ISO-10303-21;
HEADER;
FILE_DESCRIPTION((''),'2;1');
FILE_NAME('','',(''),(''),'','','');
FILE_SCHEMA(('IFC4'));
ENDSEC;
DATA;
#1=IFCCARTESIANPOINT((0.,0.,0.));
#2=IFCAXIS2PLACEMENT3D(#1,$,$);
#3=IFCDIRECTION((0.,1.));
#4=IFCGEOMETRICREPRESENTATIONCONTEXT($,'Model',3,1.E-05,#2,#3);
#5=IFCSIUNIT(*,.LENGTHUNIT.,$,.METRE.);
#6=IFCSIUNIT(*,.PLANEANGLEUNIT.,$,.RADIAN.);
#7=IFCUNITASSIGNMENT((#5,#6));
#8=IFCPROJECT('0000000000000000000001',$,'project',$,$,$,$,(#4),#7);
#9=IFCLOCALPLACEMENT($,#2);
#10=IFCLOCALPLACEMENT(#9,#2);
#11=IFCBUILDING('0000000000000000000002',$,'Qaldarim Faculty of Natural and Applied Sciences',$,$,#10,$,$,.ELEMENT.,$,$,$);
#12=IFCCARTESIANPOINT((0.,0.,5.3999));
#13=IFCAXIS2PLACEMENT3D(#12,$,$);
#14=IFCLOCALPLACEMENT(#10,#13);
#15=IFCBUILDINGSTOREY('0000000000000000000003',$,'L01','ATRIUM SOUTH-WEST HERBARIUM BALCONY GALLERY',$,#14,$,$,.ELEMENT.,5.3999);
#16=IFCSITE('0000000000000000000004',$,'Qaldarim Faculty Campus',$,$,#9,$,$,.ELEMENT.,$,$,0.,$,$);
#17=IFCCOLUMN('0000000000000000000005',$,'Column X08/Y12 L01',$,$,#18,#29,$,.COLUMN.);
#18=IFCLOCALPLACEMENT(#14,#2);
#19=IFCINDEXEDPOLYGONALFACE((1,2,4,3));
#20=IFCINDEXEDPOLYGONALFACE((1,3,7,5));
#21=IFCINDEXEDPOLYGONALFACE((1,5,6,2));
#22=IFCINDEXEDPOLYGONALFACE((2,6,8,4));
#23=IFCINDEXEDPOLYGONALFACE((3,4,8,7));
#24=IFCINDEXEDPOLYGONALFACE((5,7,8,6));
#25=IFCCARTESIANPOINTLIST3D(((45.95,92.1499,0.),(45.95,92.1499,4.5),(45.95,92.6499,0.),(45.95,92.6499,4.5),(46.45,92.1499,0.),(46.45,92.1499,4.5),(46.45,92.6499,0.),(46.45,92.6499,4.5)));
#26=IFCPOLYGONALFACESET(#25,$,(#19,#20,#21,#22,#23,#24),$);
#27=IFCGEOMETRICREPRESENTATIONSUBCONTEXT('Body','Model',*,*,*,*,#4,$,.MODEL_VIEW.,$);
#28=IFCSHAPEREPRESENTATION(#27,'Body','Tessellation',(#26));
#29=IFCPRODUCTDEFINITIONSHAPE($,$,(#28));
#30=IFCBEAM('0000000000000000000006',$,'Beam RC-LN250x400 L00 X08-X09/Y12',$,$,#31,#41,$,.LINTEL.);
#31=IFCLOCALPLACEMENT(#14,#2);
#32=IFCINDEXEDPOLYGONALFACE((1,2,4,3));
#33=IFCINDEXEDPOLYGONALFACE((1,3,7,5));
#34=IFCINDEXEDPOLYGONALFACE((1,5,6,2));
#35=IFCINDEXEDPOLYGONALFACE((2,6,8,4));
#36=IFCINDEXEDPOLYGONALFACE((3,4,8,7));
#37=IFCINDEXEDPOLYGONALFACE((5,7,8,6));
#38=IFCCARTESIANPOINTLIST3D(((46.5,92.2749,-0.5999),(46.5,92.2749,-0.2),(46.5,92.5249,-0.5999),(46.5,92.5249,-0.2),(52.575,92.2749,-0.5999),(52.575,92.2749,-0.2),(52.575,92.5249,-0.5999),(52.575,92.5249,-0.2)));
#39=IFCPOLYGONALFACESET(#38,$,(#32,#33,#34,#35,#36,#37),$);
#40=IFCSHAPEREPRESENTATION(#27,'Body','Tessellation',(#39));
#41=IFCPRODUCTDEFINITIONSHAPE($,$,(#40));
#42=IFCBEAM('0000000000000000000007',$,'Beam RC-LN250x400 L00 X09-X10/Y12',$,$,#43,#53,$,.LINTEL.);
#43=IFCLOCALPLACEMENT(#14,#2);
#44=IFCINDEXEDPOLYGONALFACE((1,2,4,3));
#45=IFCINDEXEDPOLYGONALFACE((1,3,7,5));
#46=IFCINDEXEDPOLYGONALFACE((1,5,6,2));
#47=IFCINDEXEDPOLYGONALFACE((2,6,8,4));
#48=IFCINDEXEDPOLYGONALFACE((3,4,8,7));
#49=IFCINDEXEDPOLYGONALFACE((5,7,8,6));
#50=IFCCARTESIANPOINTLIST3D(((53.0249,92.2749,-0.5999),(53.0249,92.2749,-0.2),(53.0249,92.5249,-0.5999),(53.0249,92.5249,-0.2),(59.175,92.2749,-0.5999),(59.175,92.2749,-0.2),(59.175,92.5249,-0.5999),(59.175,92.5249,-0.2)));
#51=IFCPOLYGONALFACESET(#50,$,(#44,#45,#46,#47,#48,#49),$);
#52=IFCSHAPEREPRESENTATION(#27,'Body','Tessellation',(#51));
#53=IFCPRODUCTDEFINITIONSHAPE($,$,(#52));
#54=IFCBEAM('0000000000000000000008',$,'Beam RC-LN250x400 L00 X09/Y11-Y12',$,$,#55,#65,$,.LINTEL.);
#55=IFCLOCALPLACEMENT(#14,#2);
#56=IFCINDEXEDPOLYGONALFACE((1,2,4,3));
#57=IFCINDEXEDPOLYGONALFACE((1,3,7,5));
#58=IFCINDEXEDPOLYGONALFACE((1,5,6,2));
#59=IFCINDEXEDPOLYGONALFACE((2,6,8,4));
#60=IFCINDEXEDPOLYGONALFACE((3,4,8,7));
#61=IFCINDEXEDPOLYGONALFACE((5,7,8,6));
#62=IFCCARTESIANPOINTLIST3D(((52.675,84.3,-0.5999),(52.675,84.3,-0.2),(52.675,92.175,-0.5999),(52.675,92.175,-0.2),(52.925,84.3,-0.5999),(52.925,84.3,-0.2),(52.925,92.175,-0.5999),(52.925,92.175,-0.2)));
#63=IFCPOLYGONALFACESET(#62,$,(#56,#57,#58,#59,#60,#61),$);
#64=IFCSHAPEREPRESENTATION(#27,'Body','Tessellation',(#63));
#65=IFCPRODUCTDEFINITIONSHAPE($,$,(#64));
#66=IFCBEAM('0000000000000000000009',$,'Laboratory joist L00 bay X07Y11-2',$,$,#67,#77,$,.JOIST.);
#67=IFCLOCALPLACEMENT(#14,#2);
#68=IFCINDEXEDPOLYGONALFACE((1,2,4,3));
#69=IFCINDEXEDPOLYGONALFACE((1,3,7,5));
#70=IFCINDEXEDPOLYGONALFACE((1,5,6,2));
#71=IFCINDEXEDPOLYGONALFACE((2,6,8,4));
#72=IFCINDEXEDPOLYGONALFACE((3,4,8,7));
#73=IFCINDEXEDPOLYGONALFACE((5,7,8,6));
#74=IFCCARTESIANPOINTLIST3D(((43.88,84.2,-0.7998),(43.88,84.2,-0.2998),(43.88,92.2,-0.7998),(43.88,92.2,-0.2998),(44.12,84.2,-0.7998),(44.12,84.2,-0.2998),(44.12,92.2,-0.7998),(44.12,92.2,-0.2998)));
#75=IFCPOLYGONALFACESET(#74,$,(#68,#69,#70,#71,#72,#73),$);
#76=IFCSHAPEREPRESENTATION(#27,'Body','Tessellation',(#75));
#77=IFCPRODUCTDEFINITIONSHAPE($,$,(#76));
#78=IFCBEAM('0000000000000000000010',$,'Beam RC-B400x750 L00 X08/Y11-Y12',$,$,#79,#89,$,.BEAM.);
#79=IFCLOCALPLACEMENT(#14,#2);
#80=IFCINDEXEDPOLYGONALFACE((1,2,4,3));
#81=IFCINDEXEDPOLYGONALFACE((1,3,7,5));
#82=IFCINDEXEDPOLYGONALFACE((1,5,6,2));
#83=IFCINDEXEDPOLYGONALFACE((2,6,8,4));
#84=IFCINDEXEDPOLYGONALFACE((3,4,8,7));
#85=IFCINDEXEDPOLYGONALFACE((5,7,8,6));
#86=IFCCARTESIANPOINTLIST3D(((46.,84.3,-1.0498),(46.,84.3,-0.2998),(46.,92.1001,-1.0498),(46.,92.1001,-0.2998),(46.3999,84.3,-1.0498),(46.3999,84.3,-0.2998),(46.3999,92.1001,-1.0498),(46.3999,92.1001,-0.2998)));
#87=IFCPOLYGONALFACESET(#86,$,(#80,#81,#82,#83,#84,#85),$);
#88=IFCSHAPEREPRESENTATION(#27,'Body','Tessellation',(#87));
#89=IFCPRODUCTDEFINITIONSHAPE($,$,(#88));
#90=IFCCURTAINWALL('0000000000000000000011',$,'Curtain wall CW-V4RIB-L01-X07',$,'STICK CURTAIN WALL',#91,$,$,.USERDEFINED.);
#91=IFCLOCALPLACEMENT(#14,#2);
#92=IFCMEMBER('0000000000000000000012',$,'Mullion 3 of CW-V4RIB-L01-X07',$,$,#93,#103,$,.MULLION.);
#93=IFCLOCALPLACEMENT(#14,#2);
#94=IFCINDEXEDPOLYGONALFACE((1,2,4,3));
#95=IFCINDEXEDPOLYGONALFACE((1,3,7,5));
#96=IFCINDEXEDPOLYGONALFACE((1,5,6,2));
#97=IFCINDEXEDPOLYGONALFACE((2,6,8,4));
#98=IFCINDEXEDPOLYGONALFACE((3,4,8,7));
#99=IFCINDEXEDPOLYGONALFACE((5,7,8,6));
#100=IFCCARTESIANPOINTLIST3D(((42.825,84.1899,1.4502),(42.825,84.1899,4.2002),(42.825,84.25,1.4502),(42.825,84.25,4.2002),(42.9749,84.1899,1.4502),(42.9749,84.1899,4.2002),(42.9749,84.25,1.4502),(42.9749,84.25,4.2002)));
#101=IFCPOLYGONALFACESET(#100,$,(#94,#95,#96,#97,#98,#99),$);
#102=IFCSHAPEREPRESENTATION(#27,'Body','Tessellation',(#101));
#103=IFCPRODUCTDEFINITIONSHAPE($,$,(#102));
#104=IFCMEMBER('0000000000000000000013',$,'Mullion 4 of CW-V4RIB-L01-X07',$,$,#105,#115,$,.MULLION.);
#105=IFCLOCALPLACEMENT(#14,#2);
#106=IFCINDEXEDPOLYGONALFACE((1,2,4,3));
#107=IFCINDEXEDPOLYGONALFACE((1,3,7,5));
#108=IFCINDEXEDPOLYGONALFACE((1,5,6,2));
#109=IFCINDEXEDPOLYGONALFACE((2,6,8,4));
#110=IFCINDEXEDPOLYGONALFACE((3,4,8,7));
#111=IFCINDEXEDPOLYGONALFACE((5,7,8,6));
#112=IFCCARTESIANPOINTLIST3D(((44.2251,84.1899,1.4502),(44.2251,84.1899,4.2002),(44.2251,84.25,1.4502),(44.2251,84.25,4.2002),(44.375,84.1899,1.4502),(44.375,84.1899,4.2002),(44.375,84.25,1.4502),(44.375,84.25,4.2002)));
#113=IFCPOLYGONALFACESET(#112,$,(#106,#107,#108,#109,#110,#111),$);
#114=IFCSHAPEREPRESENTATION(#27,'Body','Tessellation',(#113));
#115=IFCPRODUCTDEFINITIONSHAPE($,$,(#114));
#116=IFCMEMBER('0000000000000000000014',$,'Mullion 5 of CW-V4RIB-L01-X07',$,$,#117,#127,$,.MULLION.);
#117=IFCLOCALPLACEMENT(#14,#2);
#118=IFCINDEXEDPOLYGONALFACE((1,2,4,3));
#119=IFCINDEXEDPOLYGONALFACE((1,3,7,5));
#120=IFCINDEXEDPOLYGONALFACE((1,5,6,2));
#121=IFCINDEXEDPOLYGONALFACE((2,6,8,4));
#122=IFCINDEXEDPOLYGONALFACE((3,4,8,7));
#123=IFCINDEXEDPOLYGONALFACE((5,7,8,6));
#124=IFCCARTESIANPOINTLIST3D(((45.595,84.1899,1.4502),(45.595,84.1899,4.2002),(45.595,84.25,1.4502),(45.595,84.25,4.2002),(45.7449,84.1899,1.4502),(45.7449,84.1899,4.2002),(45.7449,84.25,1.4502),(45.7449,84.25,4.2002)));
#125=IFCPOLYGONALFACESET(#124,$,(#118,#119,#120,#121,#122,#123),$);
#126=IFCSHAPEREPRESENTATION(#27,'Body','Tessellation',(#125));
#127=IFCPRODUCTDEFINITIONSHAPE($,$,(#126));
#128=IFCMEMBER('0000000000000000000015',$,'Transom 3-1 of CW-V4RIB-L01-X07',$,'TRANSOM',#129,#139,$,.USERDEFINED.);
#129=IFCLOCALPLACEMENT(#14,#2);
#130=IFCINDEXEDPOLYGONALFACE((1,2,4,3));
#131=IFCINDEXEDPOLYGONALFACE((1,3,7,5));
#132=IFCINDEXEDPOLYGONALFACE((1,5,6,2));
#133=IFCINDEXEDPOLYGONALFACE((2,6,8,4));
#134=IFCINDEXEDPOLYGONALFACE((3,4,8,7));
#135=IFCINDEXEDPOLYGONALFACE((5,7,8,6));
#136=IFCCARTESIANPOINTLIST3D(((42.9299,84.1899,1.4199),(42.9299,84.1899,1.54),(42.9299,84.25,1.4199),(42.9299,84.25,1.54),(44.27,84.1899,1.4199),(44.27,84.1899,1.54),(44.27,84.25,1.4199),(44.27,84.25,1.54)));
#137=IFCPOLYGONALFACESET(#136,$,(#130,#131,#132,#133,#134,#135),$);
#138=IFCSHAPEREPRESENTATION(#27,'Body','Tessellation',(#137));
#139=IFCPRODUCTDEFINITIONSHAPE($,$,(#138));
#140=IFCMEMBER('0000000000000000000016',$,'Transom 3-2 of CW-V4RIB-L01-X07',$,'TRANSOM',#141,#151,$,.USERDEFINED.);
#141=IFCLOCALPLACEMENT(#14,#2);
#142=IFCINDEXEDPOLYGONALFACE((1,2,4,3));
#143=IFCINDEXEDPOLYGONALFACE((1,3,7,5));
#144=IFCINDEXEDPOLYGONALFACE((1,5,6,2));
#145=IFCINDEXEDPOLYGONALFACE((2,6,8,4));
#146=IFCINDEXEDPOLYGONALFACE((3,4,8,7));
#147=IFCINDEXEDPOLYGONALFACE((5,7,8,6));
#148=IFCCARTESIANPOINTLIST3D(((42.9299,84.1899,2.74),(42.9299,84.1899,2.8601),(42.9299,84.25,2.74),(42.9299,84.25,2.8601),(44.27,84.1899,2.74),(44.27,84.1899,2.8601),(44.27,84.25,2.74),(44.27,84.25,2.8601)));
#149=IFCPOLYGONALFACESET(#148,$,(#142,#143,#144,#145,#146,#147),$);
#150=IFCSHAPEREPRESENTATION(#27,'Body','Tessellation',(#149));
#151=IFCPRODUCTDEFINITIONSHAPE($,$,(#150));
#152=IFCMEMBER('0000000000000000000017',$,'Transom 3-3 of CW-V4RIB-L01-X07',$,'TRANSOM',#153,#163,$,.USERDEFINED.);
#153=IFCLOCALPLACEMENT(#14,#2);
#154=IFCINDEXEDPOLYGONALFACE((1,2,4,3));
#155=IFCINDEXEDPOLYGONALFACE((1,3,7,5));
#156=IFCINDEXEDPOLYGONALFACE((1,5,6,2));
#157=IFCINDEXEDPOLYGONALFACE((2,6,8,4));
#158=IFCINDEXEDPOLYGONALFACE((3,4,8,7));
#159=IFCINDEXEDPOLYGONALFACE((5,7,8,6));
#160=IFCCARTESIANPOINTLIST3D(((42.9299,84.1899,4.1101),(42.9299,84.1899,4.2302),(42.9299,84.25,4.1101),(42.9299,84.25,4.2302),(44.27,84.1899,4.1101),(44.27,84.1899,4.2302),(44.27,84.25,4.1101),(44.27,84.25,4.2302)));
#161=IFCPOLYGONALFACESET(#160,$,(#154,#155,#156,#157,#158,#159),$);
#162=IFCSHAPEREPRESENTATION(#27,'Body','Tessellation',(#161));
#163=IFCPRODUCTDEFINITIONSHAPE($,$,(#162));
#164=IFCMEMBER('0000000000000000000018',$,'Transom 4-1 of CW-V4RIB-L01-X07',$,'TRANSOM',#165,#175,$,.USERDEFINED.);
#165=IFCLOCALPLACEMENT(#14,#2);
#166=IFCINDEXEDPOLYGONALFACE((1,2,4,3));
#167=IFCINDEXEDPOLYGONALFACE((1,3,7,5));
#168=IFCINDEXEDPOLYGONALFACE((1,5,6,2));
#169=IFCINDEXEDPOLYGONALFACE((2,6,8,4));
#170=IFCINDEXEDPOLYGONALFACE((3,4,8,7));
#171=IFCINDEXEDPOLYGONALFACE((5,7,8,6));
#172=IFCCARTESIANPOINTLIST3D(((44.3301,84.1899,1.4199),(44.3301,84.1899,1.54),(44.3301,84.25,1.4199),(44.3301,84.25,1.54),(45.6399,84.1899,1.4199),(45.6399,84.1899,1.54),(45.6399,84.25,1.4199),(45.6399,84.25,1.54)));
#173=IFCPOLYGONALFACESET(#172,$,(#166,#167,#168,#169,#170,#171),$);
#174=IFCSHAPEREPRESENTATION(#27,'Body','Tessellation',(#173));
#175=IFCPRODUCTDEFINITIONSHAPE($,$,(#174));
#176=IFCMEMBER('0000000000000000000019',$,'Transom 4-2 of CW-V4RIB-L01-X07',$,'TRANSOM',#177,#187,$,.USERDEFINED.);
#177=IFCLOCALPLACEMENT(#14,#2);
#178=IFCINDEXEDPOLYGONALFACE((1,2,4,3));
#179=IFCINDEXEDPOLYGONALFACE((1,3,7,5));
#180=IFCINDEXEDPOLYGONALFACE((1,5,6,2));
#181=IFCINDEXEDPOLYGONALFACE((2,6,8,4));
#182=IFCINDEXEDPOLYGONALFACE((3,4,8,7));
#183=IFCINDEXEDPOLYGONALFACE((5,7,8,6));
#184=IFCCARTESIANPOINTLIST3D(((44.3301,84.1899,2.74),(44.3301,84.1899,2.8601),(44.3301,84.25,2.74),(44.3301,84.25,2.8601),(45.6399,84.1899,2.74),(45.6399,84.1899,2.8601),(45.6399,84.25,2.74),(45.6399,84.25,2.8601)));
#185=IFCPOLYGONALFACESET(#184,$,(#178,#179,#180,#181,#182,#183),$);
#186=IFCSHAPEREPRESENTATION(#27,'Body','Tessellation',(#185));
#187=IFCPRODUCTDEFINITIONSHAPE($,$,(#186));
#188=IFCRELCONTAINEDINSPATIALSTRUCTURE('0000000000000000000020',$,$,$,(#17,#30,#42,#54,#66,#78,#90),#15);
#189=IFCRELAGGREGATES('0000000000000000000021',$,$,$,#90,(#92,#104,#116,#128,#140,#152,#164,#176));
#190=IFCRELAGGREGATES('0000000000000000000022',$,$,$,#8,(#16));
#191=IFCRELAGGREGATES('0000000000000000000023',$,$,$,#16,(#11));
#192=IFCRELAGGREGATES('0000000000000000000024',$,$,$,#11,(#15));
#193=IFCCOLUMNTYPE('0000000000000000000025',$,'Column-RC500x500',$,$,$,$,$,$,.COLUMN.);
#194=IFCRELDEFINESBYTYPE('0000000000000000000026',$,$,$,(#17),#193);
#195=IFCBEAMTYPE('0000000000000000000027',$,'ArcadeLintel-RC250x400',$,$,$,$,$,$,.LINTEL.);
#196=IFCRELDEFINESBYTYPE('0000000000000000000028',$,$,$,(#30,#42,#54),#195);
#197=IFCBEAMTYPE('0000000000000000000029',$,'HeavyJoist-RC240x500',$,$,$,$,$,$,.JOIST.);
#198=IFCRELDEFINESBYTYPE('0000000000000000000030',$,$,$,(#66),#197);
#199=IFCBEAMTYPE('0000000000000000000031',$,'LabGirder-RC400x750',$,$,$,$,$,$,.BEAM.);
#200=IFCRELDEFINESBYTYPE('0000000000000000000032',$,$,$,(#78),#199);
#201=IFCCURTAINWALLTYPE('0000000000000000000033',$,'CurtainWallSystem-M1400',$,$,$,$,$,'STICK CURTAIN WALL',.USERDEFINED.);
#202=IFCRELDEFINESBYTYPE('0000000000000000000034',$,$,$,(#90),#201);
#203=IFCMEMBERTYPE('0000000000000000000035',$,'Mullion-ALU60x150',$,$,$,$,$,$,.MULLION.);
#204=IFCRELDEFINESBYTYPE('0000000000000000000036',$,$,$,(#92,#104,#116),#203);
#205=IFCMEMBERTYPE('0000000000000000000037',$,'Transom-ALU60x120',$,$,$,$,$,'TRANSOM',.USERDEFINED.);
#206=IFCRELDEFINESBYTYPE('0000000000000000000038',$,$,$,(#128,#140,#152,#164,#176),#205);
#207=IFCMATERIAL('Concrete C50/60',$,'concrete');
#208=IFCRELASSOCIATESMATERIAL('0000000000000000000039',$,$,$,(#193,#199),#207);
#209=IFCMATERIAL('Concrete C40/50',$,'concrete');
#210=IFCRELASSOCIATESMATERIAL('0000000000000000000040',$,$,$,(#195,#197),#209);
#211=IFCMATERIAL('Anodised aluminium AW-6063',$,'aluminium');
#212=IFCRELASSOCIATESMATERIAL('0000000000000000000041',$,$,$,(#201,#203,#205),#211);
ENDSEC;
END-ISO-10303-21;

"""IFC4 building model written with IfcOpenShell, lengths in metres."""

from ifc_helpers import new_model, si_unit, direction, frame, origin, origin_2d, place, context, subcontext, project, spatial, rectangle, extrude, material, material_profile, profile_set, type_object, element, aggregate, save


model = new_model("IFC4")

# Units and contexts
model_context = context("Model", 3, precision=1e-05, world=origin(), true_north=direction((0.0, 1.0)))
body_context = subcontext(model_context, "Body", "Model", "MODEL_VIEW")
ifc_project = project(units=[si_unit("LENGTHUNIT", "METRE"), si_unit("PLANEANGLEUNIT", "RADIAN")], contexts=[model_context])

# Site, building, storey
site_placement = place(None, origin())
site = spatial("IfcSite", under=ifc_project, at=site_placement, Name="Qaldarim Faculty Campus", CompositionType="ELEMENT", RefElevation=0.0)
building_placement = place(site_placement, origin())
building = spatial("IfcBuilding", under=site, at=building_placement, Name="Qaldarim Faculty of Natural and Applied Sciences", CompositionType="ELEMENT")
storey_placement = place(building_placement, frame((0.0, 0.0, 5.3999)))
storey = spatial("IfcBuildingStorey", under=building, at=storey_placement, Name="L01", Description="ATRIUM SOUTH-WEST HERBARIUM BALCONY GALLERY", CompositionType="ELEMENT", Elevation=5.3999)

# Column
ifc_material_1 = material(Name="Concrete C50/60", Category="concrete")
ifc_material_profile_1 = material_profile(ifc_material_1, rectangle(XDim=0.5, YDim=0.5, at=origin_2d()), Name="RC-C500x500")
ifc_profile_set_1 = profile_set([ifc_material_profile_1], Name="Concrete C50/60")
column_type = type_object("IfcColumnType", Name="Column-RC500x500", PredefinedType="COLUMN", material=ifc_profile_set_1)
column_placement = place(storey_placement, frame((46.2, 92.3999, 0.0), z_axis=(0.0, 0.0, 1.0), x_axis=(1.0, 0.0, 0.0)))
element("IfcColumn", 1, at=column_placement, inside=storey, type_object=column_type, Name="Column X08/Y12 L01", PredefinedType="COLUMN", context=body_context, shape_type="SweptSolid", body=[
    extrude(rectangle(XDim=0.5, YDim=0.5, at=origin_2d()), origin(), (0.0, 0.0, 1.0), 4.5),
])

# Beams
ifc_material_2 = material(Name="Concrete C40/50", Category="concrete")
ifc_material_profile_2 = material_profile(ifc_material_2, rectangle(XDim=0.25, YDim=0.3999, at=origin_2d()), Name="RC-LN250x400")
ifc_profile_set_2 = profile_set([ifc_material_profile_2], Name="Concrete C40/50")
beam_type_1 = type_object("IfcBeamType", Name="ArcadeLintel-RC250x400", PredefinedType="LINTEL", material=ifc_profile_set_2)
beam_1_placement = place(storey_placement, frame((46.5, 92.3999, -0.3999), z_axis=(1.0, 0.0, 0.0), x_axis=(0.0, 1.0, 0.0)))
element("IfcBeam", 2, at=beam_1_placement, inside=storey, type_object=beam_type_1, Name="Beam RC-LN250x400 L00 X08-X09/Y12", PredefinedType="LINTEL", context=body_context, shape_type="SweptSolid", body=[
    extrude(rectangle(XDim=0.25, YDim=0.3999, at=origin_2d()), origin(), (0.0, 0.0, 1.0), 6.075),
])
beam_2_placement = place(storey_placement, frame((53.0249, 92.3999, -0.3999), z_axis=(1.0, 0.0, 0.0), x_axis=(0.0, 1.0, 0.0)))
element("IfcBeam", 3, at=beam_2_placement, inside=storey, type_object=beam_type_1, Name="Beam RC-LN250x400 L00 X09-X10/Y12", PredefinedType="LINTEL", context=body_context, shape_type="SweptSolid", body=[
    extrude(rectangle(XDim=0.25, YDim=0.3999, at=origin_2d()), origin(), (0.0, 0.0, 1.0), 6.1501),
])
beam_3_placement = place(storey_placement, frame((52.8, 84.3, -0.3999), z_axis=(0.0, 1.0, 0.0), x_axis=(-1.0, 0.0, 0.0)))
element("IfcBeam", 4, at=beam_3_placement, inside=storey, type_object=beam_type_1, Name="Beam RC-LN250x400 L00 X09/Y11-Y12", PredefinedType="LINTEL", context=body_context, shape_type="SweptSolid", body=[
    extrude(rectangle(XDim=0.25, YDim=0.3999, at=origin_2d()), origin(), (0.0, 0.0, 1.0), 7.875),
])
ifc_material_profile_3 = material_profile(ifc_material_2, rectangle(XDim=0.24, YDim=0.5, at=origin_2d()), Name="RC-J240x500")
ifc_profile_set_3 = profile_set([ifc_material_profile_3], Name="Concrete C40/50")
beam_type_2 = type_object("IfcBeamType", Name="HeavyJoist-RC240x500", PredefinedType="JOIST", material=ifc_profile_set_3)
beam_4_placement = place(storey_placement, frame((44.0, 84.2, -0.5498), z_axis=(0.0, 1.0, 0.0), x_axis=(-1.0, 0.0, 0.0)))
element("IfcBeam", 5, at=beam_4_placement, inside=storey, type_object=beam_type_2, Name="Laboratory joist L00 bay X07Y11-2", PredefinedType="JOIST", context=body_context, shape_type="SweptSolid", body=[
    extrude(rectangle(XDim=0.24, YDim=0.5, at=origin_2d()), origin(), (0.0, 0.0, 1.0), 8.0),
])
ifc_material_profile_4 = material_profile(ifc_material_1, rectangle(XDim=0.3999, YDim=0.75, at=origin_2d()), Name="RC-B400x750")
ifc_profile_set_4 = profile_set([ifc_material_profile_4], Name="Concrete C50/60")
beam_type_3 = type_object("IfcBeamType", Name="LabGirder-RC400x750", PredefinedType="BEAM", material=ifc_profile_set_4)
beam_5_placement = place(storey_placement, frame((46.2, 84.3, -0.6748), z_axis=(0.0, 1.0, 0.0), x_axis=(-1.0, 0.0, 0.0)))
element("IfcBeam", 6, at=beam_5_placement, inside=storey, type_object=beam_type_3, Name="Beam RC-B400x750 L00 X08/Y11-Y12", PredefinedType="BEAM", context=body_context, shape_type="SweptSolid", body=[
    extrude(rectangle(XDim=0.3999, YDim=0.75, at=origin_2d()), origin(), (0.0, 0.0, 1.0), 7.8),
])

# Curtain wall, members
ifc_material_3 = material(Name="Anodised aluminium AW-6063", Category="aluminium")
curtain_wall_type = type_object("IfcCurtainWallType", Name="CurtainWallSystem-M1400", ElementType="STICK CURTAIN WALL", PredefinedType="USERDEFINED", material=ifc_material_3)
curtain_wall_placement = place(storey_placement, origin())
curtain_wall = element("IfcCurtainWall", 7, at=curtain_wall_placement, inside=storey, type_object=curtain_wall_type, Name="Curtain wall CW-V4RIB-L01-X07", ObjectType="STICK CURTAIN WALL", PredefinedType="USERDEFINED")
ifc_material_profile_5 = material_profile(ifc_material_3, rectangle(XDim=0.0601, YDim=0.1499, at=origin_2d()), Name="ALU-M60x150")
ifc_profile_set_5 = profile_set([ifc_material_profile_5], Name="Anodised aluminium AW-6063")
member_type_1 = type_object("IfcMemberType", Name="Mullion-ALU60x150", PredefinedType="MULLION", material=ifc_profile_set_5)
member_1_placement = place(storey_placement, frame((42.8999, 84.22, 1.4502), z_axis=(0.0, 0.0, 1.0), x_axis=(0.0, 1.0, 0.0)))
member_1 = element("IfcMember", 8, at=member_1_placement, type_object=member_type_1, Name="Mullion 3 of CW-V4RIB-L01-X07", PredefinedType="MULLION", context=body_context, shape_type="SweptSolid", body=[
    extrude(rectangle(XDim=0.0601, YDim=0.1499, at=origin_2d()), origin(), (0.0, 0.0, 1.0), 2.75),
])
member_2_placement = place(storey_placement, frame((44.3, 84.22, 1.4502), z_axis=(0.0, 0.0, 1.0), x_axis=(0.0, 1.0, 0.0)))
member_2 = element("IfcMember", 9, at=member_2_placement, type_object=member_type_1, Name="Mullion 4 of CW-V4RIB-L01-X07", PredefinedType="MULLION", context=body_context, shape_type="SweptSolid", body=[
    extrude(rectangle(XDim=0.0601, YDim=0.1499, at=origin_2d()), origin(), (0.0, 0.0, 1.0), 2.75),
])
member_3_placement = place(storey_placement, frame((45.6699, 84.22, 1.4502), z_axis=(0.0, 0.0, 1.0), x_axis=(0.0, 1.0, 0.0)))
member_3 = element("IfcMember", 10, at=member_3_placement, type_object=member_type_1, Name="Mullion 5 of CW-V4RIB-L01-X07", PredefinedType="MULLION", context=body_context, shape_type="SweptSolid", body=[
    extrude(rectangle(XDim=0.0601, YDim=0.1499, at=origin_2d()), origin(), (0.0, 0.0, 1.0), 2.75),
])
ifc_material_profile_6 = material_profile(ifc_material_3, rectangle(XDim=0.0601, YDim=0.1201, at=origin_2d()), Name="ALU-T60x120")
ifc_profile_set_6 = profile_set([ifc_material_profile_6], Name="Anodised aluminium AW-6063")
member_type_2 = type_object("IfcMemberType", Name="Transom-ALU60x120", ElementType="TRANSOM", PredefinedType="USERDEFINED", material=ifc_profile_set_6)
member_4_placement = place(storey_placement, frame((42.9299, 84.22, 1.48), z_axis=(1.0, 0.0, 0.0), x_axis=(0.0, 1.0, 0.0)))
member_4 = element("IfcMember", 11, at=member_4_placement, type_object=member_type_2, Name="Transom 3-1 of CW-V4RIB-L01-X07", ObjectType="TRANSOM", PredefinedType="USERDEFINED", context=body_context, shape_type="SweptSolid", body=[
    extrude(rectangle(XDim=0.0601, YDim=0.1201, at=origin_2d()), origin(), (0.0, 0.0, 1.0), 1.3401),
])
member_5_placement = place(storey_placement, frame((42.9299, 84.22, 2.8), z_axis=(1.0, 0.0, 0.0), x_axis=(0.0, 1.0, 0.0)))
member_5 = element("IfcMember", 12, at=member_5_placement, type_object=member_type_2, Name="Transom 3-2 of CW-V4RIB-L01-X07", ObjectType="TRANSOM", PredefinedType="USERDEFINED", context=body_context, shape_type="SweptSolid", body=[
    extrude(rectangle(XDim=0.0601, YDim=0.1201, at=origin_2d()), origin(), (0.0, 0.0, 1.0), 1.3401),
])
member_6_placement = place(storey_placement, frame((42.9299, 84.22, 4.1702), z_axis=(1.0, 0.0, 0.0), x_axis=(0.0, 1.0, 0.0)))
member_6 = element("IfcMember", 13, at=member_6_placement, type_object=member_type_2, Name="Transom 3-3 of CW-V4RIB-L01-X07", ObjectType="TRANSOM", PredefinedType="USERDEFINED", context=body_context, shape_type="SweptSolid", body=[
    extrude(rectangle(XDim=0.0601, YDim=0.1201, at=origin_2d()), origin(), (0.0, 0.0, 1.0), 1.3401),
])
member_7_placement = place(storey_placement, frame((44.3301, 84.22, 1.48), z_axis=(1.0, 0.0, 0.0), x_axis=(0.0, 1.0, 0.0)))
member_7 = element("IfcMember", 14, at=member_7_placement, type_object=member_type_2, Name="Transom 4-1 of CW-V4RIB-L01-X07", ObjectType="TRANSOM", PredefinedType="USERDEFINED", context=body_context, shape_type="SweptSolid", body=[
    extrude(rectangle(XDim=0.0601, YDim=0.1201, at=origin_2d()), origin(), (0.0, 0.0, 1.0), 1.3098),
])
member_8_placement = place(storey_placement, frame((44.3301, 84.22, 2.8), z_axis=(1.0, 0.0, 0.0), x_axis=(0.0, 1.0, 0.0)))
member_8 = element("IfcMember", 15, at=member_8_placement, type_object=member_type_2, Name="Transom 4-2 of CW-V4RIB-L01-X07", ObjectType="TRANSOM", PredefinedType="USERDEFINED", context=body_context, shape_type="SweptSolid", body=[
    extrude(rectangle(XDim=0.0601, YDim=0.1201, at=origin_2d()), origin(), (0.0, 0.0, 1.0), 1.3098),
])
aggregate(curtain_wall, [member_1, member_2, member_3, member_4, member_5, member_6, member_7, member_8])

save(model, "model.ifc")
